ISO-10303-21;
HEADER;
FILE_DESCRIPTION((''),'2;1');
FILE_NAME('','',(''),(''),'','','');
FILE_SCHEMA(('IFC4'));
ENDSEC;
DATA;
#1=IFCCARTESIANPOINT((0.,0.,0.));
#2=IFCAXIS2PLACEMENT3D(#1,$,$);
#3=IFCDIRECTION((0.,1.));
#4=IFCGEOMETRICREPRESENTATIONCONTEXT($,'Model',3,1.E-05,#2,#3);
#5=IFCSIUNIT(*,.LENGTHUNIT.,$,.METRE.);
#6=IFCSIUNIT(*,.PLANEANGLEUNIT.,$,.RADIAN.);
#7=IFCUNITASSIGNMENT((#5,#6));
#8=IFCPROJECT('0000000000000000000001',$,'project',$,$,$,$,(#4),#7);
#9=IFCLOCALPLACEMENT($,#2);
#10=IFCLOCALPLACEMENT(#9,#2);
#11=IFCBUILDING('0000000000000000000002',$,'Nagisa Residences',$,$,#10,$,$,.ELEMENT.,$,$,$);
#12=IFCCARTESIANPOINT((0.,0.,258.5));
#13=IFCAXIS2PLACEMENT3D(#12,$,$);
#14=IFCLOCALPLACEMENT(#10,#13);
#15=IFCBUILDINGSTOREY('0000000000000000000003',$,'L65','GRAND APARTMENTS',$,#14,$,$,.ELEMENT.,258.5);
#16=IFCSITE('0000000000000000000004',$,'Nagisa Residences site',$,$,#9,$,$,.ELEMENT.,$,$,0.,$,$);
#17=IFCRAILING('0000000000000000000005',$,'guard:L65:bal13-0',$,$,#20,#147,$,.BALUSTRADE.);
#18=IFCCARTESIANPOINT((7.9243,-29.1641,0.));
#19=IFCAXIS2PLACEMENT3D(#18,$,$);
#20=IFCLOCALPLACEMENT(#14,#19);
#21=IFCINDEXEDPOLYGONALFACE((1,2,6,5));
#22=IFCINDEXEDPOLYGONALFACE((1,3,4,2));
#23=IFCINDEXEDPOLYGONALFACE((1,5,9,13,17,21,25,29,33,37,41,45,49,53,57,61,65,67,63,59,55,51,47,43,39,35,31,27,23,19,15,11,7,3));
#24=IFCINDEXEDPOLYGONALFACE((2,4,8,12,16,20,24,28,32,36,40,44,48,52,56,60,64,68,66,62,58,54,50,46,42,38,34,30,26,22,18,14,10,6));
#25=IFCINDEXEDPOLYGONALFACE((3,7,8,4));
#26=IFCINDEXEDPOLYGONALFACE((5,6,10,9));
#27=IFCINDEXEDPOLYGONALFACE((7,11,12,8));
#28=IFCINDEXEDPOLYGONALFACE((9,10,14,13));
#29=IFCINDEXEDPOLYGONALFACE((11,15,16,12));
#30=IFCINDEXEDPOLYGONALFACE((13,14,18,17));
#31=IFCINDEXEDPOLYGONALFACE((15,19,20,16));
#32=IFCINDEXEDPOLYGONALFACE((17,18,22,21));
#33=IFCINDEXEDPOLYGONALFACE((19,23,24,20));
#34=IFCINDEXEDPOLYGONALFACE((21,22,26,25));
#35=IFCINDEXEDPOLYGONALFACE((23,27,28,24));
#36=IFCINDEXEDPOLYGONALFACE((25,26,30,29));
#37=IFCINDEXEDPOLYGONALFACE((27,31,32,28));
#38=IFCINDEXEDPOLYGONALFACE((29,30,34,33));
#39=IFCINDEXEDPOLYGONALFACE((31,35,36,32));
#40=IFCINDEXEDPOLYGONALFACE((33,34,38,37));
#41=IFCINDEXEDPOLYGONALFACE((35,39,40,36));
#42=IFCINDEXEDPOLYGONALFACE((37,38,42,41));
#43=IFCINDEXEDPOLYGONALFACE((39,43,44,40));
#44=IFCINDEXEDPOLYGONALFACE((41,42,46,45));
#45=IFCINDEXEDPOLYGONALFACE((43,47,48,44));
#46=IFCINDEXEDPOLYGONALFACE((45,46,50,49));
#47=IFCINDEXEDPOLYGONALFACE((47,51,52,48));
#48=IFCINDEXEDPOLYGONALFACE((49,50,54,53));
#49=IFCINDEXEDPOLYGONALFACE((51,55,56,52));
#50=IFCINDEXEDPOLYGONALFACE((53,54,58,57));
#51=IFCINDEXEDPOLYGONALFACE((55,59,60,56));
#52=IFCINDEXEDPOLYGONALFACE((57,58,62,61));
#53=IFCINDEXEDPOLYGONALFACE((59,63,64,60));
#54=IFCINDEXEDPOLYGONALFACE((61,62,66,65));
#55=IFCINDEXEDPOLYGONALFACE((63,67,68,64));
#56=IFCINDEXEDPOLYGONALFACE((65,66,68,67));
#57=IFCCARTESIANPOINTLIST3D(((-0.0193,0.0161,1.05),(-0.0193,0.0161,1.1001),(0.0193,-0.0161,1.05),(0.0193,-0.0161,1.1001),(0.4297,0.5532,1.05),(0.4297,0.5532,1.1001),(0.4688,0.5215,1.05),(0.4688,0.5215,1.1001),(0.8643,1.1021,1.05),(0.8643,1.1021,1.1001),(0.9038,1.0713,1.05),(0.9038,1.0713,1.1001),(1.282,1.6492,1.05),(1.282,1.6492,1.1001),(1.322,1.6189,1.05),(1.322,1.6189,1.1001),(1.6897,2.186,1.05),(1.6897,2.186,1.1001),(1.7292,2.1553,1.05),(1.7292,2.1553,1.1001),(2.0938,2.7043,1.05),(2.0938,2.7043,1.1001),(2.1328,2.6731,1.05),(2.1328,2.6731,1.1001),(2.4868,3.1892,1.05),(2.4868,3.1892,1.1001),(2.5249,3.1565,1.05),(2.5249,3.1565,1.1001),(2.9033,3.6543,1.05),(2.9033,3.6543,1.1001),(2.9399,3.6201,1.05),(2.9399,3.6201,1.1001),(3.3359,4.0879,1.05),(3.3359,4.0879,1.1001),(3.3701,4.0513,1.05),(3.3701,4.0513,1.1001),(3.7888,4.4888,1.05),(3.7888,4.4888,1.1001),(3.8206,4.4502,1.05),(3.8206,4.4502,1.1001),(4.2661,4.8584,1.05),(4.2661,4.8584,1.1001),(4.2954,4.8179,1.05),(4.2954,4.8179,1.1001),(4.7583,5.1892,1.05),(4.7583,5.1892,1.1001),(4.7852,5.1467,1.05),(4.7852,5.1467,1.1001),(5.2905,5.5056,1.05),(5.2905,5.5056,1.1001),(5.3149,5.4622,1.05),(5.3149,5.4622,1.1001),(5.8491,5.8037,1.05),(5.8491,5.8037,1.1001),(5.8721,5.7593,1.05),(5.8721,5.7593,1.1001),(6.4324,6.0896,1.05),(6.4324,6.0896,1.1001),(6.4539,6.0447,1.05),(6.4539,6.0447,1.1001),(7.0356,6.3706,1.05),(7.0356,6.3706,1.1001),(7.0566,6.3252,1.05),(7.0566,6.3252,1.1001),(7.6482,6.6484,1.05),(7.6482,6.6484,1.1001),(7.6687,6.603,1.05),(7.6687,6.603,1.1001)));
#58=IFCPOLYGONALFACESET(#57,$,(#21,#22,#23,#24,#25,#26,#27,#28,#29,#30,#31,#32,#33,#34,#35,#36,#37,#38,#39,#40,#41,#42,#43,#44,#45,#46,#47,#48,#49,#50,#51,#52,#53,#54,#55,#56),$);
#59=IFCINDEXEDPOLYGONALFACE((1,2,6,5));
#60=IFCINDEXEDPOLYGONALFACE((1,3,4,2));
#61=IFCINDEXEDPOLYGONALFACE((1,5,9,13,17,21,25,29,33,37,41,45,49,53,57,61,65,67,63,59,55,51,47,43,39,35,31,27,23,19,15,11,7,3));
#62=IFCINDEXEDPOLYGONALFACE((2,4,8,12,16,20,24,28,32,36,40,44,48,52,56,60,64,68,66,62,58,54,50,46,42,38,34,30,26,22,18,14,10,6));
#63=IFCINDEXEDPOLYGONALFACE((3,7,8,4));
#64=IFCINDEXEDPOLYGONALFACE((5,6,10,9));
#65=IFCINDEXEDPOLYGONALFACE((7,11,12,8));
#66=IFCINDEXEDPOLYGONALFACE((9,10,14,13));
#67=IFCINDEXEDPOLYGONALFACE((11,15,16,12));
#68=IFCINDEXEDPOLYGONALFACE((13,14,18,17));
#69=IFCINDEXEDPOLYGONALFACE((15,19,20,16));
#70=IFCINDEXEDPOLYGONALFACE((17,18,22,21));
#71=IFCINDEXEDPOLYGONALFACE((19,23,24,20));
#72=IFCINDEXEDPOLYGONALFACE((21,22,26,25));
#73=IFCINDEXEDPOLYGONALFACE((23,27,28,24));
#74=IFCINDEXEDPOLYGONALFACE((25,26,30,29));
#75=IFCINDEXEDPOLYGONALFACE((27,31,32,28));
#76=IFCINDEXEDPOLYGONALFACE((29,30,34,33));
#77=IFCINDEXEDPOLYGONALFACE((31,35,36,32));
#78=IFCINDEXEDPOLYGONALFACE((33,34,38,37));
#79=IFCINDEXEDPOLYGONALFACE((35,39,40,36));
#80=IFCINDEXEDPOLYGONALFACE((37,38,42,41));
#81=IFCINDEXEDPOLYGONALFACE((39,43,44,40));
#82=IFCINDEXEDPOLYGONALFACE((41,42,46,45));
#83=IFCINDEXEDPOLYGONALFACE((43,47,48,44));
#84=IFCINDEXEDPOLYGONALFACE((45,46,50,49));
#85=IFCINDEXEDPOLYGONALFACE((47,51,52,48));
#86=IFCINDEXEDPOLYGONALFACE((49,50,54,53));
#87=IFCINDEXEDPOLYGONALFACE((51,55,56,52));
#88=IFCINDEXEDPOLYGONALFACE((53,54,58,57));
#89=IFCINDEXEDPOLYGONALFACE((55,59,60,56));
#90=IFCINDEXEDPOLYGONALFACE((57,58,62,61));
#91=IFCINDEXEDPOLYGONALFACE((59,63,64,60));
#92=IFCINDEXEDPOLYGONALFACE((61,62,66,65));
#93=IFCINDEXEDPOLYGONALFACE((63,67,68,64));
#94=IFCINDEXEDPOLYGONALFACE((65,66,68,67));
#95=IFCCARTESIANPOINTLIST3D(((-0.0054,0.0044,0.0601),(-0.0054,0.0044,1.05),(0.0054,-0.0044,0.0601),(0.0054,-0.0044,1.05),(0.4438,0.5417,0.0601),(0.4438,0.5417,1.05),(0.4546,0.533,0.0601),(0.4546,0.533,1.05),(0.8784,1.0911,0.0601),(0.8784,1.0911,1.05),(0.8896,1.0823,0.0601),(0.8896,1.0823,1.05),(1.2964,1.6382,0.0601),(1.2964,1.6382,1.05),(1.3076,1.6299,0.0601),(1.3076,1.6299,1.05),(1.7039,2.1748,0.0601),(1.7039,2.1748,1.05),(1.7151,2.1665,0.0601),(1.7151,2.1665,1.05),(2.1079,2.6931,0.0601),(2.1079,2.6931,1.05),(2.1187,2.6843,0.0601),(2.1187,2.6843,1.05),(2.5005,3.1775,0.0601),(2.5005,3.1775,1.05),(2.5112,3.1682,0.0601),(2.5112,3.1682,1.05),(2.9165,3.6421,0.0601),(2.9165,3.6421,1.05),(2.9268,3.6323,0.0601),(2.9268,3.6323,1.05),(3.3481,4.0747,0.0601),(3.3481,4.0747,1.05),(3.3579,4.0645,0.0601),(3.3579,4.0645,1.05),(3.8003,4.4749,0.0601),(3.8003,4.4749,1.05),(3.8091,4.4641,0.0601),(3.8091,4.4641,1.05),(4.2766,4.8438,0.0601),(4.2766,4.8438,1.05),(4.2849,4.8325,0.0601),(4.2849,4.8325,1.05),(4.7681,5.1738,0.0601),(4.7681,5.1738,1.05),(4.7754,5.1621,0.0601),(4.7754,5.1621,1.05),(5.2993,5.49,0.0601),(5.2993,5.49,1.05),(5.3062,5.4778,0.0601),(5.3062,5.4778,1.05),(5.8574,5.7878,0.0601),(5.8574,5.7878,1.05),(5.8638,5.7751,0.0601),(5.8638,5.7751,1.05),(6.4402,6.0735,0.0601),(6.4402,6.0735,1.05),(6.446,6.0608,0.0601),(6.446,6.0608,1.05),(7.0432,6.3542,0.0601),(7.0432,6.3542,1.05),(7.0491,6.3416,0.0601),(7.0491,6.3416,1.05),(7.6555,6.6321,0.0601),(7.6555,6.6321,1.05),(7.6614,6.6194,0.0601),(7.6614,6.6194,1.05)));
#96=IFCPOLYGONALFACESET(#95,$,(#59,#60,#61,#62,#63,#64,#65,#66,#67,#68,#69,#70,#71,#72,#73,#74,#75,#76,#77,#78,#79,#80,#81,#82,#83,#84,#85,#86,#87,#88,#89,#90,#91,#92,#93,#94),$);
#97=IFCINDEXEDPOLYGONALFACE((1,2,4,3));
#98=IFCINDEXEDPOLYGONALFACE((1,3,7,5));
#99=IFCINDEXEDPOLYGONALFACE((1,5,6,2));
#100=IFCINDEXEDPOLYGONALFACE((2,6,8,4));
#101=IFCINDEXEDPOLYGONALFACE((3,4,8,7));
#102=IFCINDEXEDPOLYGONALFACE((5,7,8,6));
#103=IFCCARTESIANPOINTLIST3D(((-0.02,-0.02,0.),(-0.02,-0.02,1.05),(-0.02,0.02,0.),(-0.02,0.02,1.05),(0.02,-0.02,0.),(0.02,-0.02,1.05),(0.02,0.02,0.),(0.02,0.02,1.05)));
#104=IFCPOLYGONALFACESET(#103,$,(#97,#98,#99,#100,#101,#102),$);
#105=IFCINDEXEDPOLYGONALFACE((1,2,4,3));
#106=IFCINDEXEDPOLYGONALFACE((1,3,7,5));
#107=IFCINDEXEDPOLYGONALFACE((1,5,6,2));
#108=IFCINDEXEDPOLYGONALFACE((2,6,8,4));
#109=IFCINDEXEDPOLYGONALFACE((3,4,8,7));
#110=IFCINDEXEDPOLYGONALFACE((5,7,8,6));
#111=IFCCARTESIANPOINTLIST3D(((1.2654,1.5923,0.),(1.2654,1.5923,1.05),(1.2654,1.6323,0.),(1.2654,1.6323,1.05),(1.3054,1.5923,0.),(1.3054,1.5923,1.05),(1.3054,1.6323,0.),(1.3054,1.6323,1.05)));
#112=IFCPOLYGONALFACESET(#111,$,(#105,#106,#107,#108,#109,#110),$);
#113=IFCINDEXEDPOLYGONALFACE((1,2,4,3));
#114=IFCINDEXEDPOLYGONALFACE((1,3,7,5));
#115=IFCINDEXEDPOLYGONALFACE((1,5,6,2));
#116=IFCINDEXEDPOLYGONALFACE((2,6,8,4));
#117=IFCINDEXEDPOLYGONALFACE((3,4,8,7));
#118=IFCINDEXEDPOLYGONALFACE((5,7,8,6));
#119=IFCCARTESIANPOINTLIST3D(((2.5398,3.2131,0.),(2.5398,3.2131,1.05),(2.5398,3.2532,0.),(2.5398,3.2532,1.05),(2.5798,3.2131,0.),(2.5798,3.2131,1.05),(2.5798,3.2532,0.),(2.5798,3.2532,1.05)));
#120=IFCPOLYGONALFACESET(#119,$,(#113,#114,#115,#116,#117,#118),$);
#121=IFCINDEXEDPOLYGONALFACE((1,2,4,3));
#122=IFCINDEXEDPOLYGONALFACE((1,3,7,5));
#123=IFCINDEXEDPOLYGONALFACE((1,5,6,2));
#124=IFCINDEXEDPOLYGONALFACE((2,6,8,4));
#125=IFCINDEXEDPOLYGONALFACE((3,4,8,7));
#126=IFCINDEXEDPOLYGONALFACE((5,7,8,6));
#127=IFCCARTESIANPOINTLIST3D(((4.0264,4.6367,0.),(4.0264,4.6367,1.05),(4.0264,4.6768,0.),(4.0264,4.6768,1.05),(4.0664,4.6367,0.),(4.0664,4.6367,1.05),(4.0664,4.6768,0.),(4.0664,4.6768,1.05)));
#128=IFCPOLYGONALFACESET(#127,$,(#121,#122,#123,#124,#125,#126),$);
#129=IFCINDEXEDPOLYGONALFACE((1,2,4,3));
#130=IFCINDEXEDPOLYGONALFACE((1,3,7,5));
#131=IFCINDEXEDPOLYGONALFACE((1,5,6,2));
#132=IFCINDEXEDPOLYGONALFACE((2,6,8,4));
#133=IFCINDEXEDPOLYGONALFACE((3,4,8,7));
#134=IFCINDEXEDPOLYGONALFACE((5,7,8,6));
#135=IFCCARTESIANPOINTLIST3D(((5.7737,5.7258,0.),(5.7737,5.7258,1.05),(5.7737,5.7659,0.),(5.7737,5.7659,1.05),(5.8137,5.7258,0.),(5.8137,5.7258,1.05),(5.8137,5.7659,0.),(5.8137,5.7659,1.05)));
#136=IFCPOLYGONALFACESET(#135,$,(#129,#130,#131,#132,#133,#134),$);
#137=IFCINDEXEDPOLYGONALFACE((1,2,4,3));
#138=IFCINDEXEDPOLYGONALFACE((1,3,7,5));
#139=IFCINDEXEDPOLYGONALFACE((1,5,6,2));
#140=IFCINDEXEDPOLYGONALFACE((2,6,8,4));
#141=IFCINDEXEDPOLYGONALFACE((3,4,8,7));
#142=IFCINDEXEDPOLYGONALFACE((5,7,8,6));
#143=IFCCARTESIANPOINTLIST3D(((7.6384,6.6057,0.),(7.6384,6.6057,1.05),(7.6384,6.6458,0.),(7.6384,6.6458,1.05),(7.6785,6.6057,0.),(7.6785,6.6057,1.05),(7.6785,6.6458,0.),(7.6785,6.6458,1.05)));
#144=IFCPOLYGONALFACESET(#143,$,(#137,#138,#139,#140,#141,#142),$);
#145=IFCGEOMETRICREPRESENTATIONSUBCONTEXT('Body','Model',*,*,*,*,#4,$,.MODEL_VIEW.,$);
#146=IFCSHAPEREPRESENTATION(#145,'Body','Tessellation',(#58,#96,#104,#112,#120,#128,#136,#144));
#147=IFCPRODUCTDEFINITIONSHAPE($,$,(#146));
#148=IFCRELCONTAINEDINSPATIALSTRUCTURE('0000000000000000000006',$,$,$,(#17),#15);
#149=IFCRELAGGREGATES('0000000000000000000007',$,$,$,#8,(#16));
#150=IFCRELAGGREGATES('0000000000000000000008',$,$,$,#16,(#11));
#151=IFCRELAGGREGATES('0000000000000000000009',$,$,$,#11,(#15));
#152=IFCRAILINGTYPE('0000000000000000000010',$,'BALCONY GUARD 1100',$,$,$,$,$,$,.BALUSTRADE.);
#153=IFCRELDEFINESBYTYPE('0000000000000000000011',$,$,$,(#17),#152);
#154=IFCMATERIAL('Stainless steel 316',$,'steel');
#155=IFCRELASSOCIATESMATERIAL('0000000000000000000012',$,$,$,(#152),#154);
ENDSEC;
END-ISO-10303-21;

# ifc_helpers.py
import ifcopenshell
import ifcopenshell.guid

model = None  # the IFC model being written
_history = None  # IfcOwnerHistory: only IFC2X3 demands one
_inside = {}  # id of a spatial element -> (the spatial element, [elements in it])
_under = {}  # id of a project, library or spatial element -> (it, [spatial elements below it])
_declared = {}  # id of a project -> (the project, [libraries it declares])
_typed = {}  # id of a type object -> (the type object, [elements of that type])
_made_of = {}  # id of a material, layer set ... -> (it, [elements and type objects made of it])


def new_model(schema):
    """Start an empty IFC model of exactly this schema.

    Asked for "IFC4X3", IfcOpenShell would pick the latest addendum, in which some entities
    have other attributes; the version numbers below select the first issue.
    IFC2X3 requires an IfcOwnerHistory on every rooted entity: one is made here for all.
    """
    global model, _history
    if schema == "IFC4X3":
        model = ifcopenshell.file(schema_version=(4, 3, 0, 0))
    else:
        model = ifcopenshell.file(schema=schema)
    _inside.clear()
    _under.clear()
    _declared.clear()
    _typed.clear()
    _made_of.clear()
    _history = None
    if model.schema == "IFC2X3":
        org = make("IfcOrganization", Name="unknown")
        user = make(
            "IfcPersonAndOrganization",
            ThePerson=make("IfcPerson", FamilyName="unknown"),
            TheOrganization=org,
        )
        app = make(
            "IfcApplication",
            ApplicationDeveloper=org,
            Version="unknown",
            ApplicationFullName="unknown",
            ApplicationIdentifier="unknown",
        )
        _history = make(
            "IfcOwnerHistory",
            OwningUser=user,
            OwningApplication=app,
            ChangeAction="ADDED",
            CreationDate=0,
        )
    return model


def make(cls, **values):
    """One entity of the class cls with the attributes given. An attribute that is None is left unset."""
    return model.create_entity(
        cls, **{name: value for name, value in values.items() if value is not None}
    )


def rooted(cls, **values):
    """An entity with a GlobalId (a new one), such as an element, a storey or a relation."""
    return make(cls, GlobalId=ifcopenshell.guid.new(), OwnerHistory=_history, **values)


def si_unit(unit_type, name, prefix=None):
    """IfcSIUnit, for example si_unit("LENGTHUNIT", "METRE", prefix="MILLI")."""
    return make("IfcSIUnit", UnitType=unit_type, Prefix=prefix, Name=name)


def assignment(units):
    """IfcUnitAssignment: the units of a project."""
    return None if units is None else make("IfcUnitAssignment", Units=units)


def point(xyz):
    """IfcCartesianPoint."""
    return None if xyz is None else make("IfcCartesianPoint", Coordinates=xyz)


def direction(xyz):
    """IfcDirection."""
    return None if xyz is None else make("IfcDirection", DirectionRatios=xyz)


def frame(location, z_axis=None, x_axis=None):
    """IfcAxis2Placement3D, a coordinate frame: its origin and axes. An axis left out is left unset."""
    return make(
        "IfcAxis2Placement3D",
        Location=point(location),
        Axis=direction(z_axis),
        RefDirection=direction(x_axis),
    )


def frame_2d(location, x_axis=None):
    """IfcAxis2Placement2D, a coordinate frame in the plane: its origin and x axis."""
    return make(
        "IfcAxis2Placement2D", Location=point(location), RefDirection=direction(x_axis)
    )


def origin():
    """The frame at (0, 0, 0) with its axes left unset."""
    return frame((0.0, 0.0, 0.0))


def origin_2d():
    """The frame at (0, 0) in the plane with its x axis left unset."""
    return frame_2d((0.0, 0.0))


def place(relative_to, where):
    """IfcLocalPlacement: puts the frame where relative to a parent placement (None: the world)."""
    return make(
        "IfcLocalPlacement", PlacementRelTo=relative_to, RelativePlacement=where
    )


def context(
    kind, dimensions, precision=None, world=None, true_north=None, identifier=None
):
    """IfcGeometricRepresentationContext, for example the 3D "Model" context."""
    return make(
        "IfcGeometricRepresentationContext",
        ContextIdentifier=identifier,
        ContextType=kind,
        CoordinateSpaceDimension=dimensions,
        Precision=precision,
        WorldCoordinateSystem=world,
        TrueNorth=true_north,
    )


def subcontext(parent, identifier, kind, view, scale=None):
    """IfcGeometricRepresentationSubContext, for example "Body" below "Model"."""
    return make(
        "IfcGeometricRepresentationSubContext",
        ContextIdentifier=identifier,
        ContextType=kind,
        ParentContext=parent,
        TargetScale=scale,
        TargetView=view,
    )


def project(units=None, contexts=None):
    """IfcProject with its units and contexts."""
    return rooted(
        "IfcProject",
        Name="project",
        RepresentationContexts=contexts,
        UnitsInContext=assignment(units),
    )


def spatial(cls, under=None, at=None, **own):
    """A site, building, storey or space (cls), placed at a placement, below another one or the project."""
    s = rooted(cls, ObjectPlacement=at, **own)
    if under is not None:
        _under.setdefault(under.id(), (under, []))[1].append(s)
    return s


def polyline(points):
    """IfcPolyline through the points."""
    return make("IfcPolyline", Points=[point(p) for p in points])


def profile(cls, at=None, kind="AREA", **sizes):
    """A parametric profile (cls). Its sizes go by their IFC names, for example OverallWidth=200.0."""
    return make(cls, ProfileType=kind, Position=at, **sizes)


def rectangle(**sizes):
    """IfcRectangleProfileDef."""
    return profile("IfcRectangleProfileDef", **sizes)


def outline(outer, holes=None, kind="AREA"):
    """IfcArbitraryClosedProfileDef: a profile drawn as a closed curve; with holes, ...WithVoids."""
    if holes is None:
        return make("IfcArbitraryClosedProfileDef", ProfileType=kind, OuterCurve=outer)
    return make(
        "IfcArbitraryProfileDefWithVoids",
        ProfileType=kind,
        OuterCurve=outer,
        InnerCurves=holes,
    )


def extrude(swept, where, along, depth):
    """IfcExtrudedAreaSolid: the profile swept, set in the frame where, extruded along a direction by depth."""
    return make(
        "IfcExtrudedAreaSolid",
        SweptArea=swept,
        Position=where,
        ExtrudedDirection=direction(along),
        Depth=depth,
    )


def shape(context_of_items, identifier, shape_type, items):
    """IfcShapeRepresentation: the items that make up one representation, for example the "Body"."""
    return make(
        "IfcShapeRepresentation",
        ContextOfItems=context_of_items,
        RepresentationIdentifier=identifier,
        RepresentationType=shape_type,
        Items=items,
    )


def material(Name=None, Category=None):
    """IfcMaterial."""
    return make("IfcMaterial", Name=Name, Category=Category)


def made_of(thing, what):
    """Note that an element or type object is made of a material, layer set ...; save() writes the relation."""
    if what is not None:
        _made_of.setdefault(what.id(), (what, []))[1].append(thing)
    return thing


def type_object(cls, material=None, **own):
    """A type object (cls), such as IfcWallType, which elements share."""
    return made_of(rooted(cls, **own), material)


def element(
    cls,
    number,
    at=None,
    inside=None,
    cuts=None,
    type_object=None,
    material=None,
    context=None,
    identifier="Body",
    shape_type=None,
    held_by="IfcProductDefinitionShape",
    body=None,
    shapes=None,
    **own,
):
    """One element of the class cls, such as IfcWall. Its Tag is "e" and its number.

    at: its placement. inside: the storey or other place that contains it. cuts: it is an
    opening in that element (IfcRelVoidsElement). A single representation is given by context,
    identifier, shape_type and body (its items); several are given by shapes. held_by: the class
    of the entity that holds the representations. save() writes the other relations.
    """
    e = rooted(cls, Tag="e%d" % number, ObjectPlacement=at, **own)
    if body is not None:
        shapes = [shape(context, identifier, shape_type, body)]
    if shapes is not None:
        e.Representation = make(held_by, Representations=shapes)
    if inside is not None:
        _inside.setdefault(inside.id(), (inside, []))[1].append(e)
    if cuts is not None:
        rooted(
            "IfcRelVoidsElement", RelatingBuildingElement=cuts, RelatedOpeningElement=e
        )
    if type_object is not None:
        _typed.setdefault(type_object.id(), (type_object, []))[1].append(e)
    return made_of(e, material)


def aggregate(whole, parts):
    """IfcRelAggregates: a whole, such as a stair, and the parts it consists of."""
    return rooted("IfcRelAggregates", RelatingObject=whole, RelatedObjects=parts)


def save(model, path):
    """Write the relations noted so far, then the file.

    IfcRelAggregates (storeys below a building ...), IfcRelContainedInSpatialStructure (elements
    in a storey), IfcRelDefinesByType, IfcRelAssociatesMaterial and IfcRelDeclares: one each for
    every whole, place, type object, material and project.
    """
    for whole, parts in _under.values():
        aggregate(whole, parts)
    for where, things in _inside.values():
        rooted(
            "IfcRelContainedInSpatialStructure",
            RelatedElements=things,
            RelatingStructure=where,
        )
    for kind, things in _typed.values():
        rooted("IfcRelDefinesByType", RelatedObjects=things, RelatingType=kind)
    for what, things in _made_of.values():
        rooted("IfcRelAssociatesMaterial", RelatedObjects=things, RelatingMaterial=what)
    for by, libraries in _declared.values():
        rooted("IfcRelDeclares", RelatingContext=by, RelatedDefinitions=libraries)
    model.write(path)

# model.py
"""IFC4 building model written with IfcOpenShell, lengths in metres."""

from ifc_helpers import new_model, si_unit, direction, frame, origin, origin_2d, place, context, subcontext, project, spatial, polyline, rectangle, outline, extrude, material, type_object, element, save


model = new_model("IFC4")

# Units and contexts
model_context = context("Model", 3, precision=1e-05, world=origin(), true_north=direction((0.0, 1.0)))
body_context = subcontext(model_context, "Body", "Model", "MODEL_VIEW")
ifc_project = project(units=[si_unit("LENGTHUNIT", "METRE"), si_unit("PLANEANGLEUNIT", "RADIAN")], contexts=[model_context])

# Site, building, storey
site_placement = place(None, origin())
site = spatial("IfcSite", under=ifc_project, at=site_placement, Name="Nagisa Residences site", CompositionType="ELEMENT", RefElevation=0.0)
building_placement = place(site_placement, origin())
building = spatial("IfcBuilding", under=site, at=building_placement, Name="Nagisa Residences", CompositionType="ELEMENT")
storey_placement = place(building_placement, frame((0.0, 0.0, 258.5)))
storey = spatial("IfcBuildingStorey", under=building, at=storey_placement, Name="L65", Description="GRAND APARTMENTS", CompositionType="ELEMENT", Elevation=258.5)

# Railing
ifc_material_1 = material(Name="Stainless steel 316", Category="steel")
railing_type = type_object("IfcRailingType", Name="BALCONY GUARD 1100", PredefinedType="BALUSTRADE", material=ifc_material_1)
railing_placement = place(storey_placement, frame((7.9243, -29.1641, 0.0)))
element("IfcRailing", 1, at=railing_placement, inside=storey, type_object=railing_type, Name="guard:L65:bal13-0", PredefinedType="BALUSTRADE", context=body_context, shape_type="SweptSolid", body=[
    extrude(outline(polyline([(0.4297, 0.5532), (-0.0193, 0.0161), (0.0193, -0.0161), (0.4688, 0.5215), (0.9038, 1.0713), (1.322, 1.6189), (1.7292, 2.1553), (2.1328, 2.6731), (2.5249, 3.1565), (2.9399, 3.6201), (3.3701, 4.0513), (3.8206, 4.4502), (4.2954, 4.8179), (4.7852, 5.1467), (5.3149, 5.4622), (5.8721, 5.7593), (6.4539, 6.0447), (7.0566, 6.3252), (7.6687, 6.603), (7.6482, 6.6484), (7.0356, 6.3706), (6.4324, 6.0896), (5.8491, 5.8037), (5.2905, 5.5056), (4.7583, 5.1892), (4.2661, 4.8584), (3.7888, 4.4888), (3.3359, 4.0879), (2.9033, 3.6543), (2.4868, 3.1892), (2.0938, 2.7043), (1.6897, 2.186), (1.282, 1.6492), (0.8643, 1.1021), (0.4297, 0.5532)])), frame((0.0, 0.0, 1.05)), (0.0, 0.0, 1.0), 0.05),
    extrude(outline(polyline([(0.4438, 0.5417), (-0.0054, 0.0044), (0.0054, -0.0044), (0.4546, 0.533), (0.8896, 1.0823), (1.3076, 1.6299), (1.7151, 2.1665), (2.1187, 2.6843), (2.5112, 3.1682), (2.9268, 3.6323), (3.3579, 4.0645), (3.8091, 4.4641), (4.2849, 4.8325), (4.7754, 5.1621), (5.3062, 5.4778), (5.8638, 5.7751), (6.446, 6.0608), (7.0491, 6.3416), (7.6614, 6.6194), (7.6555, 6.6321), (7.0432, 6.3542), (6.4402, 6.0735), (5.8574, 5.7878), (5.2993, 5.49), (4.7681, 5.1738), (4.2766, 4.8438), (3.8003, 4.4749), (3.3481, 4.0747), (2.9165, 3.6421), (2.5005, 3.1775), (2.1079, 2.6931), (1.7039, 2.1748), (1.2964, 1.6382), (0.8784, 1.0911), (0.4438, 0.5417)])), frame((0.0, 0.0, 0.0601)), (0.0, 0.0, 1.0), 0.99),
    extrude(rectangle(XDim=0.04, YDim=0.04, at=origin_2d()), origin(), (0.0, 0.0, 1.0), 1.05),
    extrude(rectangle(XDim=0.04, YDim=0.04, at=origin_2d()), frame((1.2854, 1.6123, 0.0)), (0.0, 0.0, 1.0), 1.05),
    extrude(rectangle(XDim=0.04, YDim=0.04, at=origin_2d()), frame((2.5598, 3.2332, 0.0)), (0.0, 0.0, 1.0), 1.05),
    extrude(rectangle(XDim=0.04, YDim=0.04, at=origin_2d()), frame((4.0464, 4.6567, 0.0)), (0.0, 0.0, 1.0), 1.05),
    extrude(rectangle(XDim=0.04, YDim=0.04, at=origin_2d()), frame((5.7937, 5.7458, 0.0)), (0.0, 0.0, 1.0), 1.05),
    extrude(rectangle(XDim=0.04, YDim=0.04, at=origin_2d()), frame((7.6584, 6.6257, 0.0)), (0.0, 0.0, 1.0), 1.05),
])

save(model, "model.ifc")
